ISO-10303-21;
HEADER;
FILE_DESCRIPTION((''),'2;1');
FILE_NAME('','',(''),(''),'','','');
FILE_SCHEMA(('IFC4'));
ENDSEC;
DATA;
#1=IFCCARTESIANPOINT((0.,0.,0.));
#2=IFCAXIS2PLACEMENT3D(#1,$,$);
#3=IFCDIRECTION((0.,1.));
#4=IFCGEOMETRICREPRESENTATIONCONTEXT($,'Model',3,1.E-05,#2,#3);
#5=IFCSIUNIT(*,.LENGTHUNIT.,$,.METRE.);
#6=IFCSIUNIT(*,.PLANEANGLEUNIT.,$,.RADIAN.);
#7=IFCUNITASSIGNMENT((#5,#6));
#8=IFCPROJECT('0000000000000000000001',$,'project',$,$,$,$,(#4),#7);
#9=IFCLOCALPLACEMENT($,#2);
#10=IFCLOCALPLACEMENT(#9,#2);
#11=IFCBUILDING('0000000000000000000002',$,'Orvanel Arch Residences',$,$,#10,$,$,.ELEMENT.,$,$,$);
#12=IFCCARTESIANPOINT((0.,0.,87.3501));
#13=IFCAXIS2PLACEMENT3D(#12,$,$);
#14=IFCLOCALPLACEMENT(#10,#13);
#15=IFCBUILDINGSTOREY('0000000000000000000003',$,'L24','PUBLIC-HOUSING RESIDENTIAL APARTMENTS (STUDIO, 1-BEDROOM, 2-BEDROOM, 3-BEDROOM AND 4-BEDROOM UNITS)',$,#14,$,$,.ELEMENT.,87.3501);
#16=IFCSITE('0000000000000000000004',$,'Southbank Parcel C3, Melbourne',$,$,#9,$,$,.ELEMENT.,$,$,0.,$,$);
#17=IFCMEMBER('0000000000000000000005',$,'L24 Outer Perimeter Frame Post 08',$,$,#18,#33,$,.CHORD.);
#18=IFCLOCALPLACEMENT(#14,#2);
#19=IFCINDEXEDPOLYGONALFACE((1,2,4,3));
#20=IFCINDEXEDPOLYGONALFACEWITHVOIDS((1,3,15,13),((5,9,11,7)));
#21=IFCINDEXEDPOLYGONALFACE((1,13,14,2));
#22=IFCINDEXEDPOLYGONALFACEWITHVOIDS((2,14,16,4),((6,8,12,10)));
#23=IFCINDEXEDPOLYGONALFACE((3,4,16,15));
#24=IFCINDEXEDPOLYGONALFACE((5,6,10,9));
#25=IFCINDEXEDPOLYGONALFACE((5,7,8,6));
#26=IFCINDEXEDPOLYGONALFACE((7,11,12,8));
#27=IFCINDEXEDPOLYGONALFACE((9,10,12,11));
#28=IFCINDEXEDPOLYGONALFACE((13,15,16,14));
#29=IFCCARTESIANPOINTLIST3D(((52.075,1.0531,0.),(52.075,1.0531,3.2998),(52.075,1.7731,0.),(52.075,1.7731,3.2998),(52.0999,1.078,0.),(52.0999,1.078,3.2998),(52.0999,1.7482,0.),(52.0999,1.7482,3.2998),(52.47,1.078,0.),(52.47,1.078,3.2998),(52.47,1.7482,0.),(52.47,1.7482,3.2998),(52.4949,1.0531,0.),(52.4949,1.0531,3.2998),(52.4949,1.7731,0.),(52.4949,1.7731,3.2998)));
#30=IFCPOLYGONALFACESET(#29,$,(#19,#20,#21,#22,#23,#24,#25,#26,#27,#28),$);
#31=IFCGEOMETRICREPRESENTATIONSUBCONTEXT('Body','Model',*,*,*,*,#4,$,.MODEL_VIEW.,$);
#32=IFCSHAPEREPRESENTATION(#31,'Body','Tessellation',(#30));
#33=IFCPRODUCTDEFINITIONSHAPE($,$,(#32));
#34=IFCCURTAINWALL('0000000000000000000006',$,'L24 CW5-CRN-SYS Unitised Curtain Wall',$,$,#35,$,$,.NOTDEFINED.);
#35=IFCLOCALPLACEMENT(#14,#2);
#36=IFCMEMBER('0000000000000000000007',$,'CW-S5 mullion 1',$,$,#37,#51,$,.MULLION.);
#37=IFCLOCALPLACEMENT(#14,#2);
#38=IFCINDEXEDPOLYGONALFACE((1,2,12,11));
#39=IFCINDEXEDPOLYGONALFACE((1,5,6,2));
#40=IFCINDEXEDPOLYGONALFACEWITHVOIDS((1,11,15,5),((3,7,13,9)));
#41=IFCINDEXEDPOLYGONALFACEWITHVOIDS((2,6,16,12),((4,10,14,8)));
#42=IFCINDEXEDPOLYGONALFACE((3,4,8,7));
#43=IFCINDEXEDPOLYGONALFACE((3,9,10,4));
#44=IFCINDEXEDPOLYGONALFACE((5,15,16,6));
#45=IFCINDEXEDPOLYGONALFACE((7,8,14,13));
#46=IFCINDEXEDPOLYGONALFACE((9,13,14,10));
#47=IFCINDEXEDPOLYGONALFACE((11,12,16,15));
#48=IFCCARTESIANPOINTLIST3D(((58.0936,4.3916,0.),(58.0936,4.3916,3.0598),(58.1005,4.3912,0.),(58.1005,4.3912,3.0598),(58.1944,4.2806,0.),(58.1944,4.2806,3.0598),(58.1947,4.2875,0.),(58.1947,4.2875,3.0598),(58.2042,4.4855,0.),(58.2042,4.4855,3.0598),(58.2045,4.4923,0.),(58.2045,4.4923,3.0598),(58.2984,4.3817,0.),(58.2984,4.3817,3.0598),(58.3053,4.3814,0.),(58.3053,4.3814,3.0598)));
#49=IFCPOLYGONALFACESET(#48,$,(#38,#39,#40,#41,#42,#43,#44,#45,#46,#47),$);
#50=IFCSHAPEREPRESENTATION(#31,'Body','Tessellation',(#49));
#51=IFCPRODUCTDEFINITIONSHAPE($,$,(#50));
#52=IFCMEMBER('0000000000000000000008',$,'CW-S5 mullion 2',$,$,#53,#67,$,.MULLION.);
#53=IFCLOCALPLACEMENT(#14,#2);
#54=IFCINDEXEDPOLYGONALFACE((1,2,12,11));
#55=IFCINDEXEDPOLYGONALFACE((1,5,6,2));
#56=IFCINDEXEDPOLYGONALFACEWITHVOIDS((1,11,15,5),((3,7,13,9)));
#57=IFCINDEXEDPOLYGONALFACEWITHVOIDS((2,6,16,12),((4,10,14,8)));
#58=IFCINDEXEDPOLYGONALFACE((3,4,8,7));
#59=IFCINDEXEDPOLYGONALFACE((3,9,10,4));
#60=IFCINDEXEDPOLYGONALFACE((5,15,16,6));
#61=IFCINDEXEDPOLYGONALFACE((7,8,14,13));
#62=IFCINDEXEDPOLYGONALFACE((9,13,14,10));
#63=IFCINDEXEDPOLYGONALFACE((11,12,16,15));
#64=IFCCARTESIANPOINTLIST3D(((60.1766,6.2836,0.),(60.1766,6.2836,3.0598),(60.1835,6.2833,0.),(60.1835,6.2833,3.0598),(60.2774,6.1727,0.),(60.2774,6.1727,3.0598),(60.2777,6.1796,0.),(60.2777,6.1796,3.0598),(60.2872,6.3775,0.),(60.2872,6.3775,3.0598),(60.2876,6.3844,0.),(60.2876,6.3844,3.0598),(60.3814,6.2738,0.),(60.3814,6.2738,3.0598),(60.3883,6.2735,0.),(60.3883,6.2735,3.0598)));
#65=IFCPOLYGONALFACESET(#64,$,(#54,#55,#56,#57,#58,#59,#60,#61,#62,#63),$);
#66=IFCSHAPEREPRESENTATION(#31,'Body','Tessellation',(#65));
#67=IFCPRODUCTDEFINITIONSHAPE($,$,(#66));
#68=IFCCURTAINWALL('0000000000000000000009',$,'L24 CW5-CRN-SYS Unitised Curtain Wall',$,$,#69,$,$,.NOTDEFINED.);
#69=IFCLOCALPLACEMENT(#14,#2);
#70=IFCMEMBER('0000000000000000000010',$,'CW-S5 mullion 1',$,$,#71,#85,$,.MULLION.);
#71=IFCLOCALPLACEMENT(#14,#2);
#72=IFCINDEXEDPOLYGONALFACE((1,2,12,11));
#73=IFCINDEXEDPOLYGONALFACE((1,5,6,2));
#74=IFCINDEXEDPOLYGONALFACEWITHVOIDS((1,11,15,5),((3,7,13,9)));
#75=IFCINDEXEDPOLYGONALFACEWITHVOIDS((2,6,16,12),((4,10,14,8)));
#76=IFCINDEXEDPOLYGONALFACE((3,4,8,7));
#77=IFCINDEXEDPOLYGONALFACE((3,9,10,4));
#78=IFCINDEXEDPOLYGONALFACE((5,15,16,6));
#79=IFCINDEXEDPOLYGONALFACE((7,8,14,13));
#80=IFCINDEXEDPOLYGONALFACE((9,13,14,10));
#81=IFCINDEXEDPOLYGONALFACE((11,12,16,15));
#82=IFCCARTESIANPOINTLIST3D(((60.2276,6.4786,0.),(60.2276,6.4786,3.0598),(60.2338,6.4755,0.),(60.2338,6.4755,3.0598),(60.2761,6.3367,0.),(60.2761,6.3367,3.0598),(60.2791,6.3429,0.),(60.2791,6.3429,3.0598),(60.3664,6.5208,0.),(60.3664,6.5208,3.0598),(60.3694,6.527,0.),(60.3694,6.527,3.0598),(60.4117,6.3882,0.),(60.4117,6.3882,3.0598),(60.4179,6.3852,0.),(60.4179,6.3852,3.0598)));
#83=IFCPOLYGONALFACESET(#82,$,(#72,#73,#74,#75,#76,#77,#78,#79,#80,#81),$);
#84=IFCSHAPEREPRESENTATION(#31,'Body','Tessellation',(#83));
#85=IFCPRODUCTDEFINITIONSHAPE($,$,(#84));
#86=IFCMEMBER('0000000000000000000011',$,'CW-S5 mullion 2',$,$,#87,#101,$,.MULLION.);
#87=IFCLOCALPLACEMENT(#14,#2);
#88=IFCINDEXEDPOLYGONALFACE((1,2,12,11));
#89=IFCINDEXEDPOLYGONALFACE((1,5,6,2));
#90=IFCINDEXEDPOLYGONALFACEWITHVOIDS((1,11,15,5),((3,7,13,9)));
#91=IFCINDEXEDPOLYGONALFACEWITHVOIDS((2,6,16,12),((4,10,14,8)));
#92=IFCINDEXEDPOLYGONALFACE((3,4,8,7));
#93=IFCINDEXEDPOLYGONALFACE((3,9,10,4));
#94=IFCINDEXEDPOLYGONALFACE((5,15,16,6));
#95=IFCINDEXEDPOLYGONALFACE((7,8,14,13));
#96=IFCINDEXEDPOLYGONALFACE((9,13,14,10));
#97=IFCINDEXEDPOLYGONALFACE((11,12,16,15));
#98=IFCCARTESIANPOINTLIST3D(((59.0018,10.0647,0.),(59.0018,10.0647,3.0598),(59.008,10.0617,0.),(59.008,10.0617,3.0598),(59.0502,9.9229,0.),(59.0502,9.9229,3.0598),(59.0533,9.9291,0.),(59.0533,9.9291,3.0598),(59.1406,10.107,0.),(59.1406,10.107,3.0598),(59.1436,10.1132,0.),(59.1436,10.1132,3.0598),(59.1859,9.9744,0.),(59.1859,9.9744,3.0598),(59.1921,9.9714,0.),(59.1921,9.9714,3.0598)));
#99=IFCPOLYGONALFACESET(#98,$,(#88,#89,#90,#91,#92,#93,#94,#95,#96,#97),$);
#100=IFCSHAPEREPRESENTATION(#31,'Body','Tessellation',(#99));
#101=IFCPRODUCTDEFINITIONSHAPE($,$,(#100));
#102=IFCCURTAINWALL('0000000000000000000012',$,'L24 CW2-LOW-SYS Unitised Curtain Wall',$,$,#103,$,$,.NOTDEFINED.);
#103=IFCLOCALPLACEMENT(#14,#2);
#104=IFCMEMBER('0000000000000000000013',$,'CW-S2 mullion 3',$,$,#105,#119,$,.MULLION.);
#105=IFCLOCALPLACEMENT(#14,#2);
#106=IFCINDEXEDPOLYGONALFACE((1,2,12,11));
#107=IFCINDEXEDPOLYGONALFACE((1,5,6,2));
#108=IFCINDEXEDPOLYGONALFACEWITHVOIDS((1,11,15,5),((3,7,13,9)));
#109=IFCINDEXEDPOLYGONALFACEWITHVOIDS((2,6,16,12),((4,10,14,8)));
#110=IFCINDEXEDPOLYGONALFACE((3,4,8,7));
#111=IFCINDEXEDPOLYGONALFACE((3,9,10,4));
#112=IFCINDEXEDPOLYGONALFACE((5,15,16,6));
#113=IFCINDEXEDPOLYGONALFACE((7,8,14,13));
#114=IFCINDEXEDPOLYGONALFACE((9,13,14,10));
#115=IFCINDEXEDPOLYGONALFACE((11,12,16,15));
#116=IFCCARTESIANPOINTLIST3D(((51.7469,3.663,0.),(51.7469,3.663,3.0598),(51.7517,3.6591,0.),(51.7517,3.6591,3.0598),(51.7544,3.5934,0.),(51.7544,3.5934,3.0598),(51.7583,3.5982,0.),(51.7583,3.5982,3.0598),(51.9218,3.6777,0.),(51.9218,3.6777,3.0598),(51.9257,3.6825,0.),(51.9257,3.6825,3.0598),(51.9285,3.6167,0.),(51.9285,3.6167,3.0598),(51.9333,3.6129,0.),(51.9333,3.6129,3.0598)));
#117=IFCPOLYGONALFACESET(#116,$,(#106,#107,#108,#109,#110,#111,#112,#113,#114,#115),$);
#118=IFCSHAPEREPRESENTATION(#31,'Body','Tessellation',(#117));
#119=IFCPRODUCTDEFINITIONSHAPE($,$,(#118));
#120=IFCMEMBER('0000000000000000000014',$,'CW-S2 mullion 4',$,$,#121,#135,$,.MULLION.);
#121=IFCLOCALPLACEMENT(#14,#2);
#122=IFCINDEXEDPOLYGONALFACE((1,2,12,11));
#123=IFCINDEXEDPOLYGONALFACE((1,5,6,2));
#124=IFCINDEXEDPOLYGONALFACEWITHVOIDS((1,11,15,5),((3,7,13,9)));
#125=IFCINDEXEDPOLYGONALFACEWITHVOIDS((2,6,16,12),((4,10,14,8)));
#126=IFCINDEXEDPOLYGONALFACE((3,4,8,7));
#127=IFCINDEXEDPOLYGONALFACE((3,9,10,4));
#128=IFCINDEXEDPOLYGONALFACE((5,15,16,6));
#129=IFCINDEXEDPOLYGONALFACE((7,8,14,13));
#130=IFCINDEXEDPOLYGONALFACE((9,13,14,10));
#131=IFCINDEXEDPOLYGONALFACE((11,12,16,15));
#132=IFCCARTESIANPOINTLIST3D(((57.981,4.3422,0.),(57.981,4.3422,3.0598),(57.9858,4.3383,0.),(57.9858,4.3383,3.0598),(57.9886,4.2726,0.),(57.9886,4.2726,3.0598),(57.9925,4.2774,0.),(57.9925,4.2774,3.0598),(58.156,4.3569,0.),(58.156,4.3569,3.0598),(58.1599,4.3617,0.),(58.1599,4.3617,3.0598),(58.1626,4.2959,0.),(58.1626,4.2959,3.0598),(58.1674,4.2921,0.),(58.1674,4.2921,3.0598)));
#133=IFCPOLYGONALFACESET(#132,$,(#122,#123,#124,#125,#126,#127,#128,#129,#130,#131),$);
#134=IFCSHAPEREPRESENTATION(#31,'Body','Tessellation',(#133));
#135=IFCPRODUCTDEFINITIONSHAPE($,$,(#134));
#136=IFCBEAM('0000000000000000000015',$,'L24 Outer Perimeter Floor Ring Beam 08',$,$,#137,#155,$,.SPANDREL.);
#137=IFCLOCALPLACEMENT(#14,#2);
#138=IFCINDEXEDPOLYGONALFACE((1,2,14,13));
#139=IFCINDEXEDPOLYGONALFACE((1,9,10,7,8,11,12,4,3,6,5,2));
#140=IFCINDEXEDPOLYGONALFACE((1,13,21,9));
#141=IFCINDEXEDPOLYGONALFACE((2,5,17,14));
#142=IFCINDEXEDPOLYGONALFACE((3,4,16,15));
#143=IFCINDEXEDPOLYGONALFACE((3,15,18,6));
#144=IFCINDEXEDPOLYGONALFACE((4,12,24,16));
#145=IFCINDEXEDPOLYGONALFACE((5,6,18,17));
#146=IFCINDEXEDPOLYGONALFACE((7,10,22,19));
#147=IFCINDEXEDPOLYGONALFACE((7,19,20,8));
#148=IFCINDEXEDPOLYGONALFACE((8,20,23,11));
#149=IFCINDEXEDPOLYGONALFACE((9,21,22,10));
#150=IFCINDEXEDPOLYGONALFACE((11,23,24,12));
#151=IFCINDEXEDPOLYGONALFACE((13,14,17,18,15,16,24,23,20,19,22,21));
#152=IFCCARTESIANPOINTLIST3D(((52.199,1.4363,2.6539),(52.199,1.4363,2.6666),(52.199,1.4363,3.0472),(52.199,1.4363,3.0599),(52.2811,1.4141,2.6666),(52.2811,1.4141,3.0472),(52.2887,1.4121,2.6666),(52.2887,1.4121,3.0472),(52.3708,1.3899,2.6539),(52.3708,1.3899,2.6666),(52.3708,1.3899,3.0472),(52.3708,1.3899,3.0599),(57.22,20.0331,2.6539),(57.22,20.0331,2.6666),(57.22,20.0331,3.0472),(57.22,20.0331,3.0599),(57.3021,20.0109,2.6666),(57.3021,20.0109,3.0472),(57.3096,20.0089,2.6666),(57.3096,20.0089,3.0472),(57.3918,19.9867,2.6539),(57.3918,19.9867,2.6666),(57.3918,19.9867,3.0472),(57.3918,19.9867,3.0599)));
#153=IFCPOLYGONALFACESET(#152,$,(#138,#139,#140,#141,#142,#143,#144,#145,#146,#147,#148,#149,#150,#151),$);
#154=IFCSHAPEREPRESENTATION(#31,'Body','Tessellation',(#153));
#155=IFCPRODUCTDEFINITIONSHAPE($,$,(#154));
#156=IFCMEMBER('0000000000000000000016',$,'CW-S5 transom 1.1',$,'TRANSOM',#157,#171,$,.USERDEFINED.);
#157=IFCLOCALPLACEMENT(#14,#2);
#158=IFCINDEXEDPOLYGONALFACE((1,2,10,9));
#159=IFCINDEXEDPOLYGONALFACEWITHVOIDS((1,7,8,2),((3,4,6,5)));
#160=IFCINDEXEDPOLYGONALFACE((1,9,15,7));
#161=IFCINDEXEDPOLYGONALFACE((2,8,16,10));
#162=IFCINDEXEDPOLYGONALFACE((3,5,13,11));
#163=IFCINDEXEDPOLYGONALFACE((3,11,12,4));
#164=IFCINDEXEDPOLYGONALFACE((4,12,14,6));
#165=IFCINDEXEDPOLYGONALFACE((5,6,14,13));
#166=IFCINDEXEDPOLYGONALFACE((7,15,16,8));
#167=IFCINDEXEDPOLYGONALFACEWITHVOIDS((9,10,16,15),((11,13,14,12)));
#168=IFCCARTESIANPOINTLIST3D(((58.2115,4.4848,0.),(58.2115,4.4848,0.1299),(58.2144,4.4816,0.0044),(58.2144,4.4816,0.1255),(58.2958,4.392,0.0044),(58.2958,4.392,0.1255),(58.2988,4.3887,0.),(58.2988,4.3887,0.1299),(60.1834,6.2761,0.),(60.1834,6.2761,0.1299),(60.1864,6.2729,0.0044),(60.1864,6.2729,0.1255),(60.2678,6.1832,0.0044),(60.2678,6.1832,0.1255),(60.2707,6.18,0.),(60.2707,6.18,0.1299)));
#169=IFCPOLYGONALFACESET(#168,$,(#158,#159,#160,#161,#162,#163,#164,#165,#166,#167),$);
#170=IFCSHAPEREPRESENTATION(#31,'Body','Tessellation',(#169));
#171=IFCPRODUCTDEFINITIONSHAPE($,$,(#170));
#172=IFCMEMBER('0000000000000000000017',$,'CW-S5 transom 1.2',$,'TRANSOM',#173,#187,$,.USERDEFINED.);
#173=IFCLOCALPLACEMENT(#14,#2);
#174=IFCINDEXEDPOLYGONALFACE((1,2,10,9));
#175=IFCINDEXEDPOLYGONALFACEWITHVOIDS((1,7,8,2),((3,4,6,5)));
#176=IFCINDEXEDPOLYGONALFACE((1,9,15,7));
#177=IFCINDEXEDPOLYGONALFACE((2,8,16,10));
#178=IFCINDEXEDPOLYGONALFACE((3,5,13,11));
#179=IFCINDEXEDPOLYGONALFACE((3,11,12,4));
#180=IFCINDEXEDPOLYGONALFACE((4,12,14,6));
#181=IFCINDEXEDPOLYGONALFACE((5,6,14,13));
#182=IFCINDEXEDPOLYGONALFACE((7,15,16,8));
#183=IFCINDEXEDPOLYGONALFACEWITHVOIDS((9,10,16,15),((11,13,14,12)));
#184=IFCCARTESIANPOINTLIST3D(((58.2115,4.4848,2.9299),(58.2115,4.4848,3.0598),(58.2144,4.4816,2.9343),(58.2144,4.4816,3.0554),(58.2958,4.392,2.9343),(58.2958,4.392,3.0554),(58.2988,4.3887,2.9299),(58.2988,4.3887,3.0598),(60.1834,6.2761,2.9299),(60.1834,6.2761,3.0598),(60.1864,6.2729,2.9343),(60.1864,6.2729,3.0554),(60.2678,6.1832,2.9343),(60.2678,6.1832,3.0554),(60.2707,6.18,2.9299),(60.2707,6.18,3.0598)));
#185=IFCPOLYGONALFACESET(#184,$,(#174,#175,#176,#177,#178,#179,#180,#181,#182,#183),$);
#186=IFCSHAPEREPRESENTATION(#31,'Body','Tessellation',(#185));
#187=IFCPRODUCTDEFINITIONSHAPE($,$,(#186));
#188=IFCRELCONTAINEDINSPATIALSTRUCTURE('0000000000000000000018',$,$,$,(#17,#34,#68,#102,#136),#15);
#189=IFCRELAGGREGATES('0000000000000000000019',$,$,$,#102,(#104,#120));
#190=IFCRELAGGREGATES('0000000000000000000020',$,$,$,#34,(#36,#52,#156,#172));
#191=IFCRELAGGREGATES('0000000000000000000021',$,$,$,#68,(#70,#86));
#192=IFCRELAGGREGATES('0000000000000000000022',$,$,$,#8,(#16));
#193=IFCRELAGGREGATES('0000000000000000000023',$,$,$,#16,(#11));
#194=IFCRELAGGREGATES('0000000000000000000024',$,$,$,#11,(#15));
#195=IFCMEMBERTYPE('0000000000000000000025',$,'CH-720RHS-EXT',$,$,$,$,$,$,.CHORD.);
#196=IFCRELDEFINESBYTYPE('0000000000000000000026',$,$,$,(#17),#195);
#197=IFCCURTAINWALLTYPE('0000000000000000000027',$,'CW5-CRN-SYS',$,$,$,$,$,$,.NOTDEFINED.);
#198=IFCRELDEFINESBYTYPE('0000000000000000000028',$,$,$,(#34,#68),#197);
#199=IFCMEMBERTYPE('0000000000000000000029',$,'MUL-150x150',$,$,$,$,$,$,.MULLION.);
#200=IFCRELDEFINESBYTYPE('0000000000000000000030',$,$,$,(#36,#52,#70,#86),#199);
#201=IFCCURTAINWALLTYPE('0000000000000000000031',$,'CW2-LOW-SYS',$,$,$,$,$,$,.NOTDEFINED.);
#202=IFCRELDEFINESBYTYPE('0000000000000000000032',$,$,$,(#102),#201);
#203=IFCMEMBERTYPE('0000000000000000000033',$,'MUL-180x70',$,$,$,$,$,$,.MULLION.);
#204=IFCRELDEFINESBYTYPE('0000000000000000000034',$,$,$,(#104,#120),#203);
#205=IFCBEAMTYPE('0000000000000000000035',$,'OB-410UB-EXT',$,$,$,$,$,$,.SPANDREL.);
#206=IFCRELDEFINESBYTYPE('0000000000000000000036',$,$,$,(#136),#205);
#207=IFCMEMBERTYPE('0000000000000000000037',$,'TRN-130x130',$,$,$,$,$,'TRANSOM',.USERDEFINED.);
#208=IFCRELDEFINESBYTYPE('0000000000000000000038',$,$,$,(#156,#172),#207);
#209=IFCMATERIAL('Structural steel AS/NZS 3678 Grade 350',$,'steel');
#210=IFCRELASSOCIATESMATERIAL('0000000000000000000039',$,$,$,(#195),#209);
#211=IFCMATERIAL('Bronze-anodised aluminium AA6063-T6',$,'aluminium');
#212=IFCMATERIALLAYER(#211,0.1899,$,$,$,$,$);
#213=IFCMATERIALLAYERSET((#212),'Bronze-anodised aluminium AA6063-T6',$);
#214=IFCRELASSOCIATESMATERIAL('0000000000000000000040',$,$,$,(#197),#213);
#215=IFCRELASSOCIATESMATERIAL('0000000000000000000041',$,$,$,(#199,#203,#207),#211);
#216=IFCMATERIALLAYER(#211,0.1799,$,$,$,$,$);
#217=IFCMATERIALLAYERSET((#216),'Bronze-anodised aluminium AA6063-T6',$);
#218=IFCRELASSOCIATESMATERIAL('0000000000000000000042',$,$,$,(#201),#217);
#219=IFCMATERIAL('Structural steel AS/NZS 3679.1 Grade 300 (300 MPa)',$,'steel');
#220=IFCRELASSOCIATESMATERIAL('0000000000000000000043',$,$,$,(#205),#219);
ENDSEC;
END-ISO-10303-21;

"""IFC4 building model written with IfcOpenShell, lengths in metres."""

from ifc_helpers import new_model, si_unit, direction, frame, origin, origin_2d, place, context, subcontext, project, spatial, hollow_rectangle, i_section, extrude, material, layer, layer_set, material_profile, profile_set, type_object, element, aggregate, save


model = new_model("IFC4")

# Units and contexts
model_context = context("Model", 3, precision=1e-05, world=origin(), true_north=direction((0.0, 1.0)))
body_context = subcontext(model_context, "Body", "Model", "MODEL_VIEW")
ifc_project = project(units=[si_unit("LENGTHUNIT", "METRE"), si_unit("PLANEANGLEUNIT", "RADIAN")], contexts=[model_context])

# Site, building, storey
site_placement = place(None, origin())
site = spatial("IfcSite", under=ifc_project, at=site_placement, Name="Southbank Parcel C3, Melbourne", CompositionType="ELEMENT", RefElevation=0.0)
building_placement = place(site_placement, origin())
building = spatial("IfcBuilding", under=site, at=building_placement, Name="Orvanel Arch Residences", CompositionType="ELEMENT")
storey_placement = place(building_placement, frame((0.0, 0.0, 87.3501)))
storey = spatial("IfcBuildingStorey", under=building, at=storey_placement, Name="L24", Description="PUBLIC-HOUSING RESIDENTIAL APARTMENTS (STUDIO, 1-BEDROOM, 2-BEDROOM, 3-BEDROOM AND 4-BEDROOM UNITS)", CompositionType="ELEMENT", Elevation=87.3501)

# Member
ifc_material_1 = material(Name="Structural steel AS/NZS 3678 Grade 350", Category="steel")
ifc_material_profile_1 = material_profile(ifc_material_1, hollow_rectangle(XDim=0.4199, YDim=0.72, WallThickness=0.0249, at=origin_2d()), Name="RHS720x420x25")
ifc_profile_set_1 = profile_set([ifc_material_profile_1], Name="Structural steel AS/NZS 3678 Grade 350")
member_type_1 = type_object("IfcMemberType", Name="CH-720RHS-EXT", PredefinedType="CHORD", material=ifc_profile_set_1)
member_1_placement = place(storey_placement, frame((52.2849, 1.4131, 0.0), z_axis=(0.0, 0.0, 1.0), x_axis=(1.0, 0.0, 0.0)))
element("IfcMember", 1, at=member_1_placement, inside=storey, type_object=member_type_1, Name="L24 Outer Perimeter Frame Post 08", PredefinedType="CHORD", context=body_context, shape_type="SweptSolid", body=[
    extrude(hollow_rectangle(XDim=0.4199, YDim=0.72, WallThickness=0.0249, at=origin_2d()), origin(), (0.0, 0.0, 1.0), 3.2998),
])

# Curtain walls, members
ifc_material_2 = material(Name="Bronze-anodised aluminium AA6063-T6", Category="aluminium")
ifc_layer_1 = layer(ifc_material_2, 0.1899)
ifc_layer_set_1 = layer_set([ifc_layer_1], Name="Bronze-anodised aluminium AA6063-T6")
curtain_wall_type_1 = type_object("IfcCurtainWallType", Name="CW5-CRN-SYS", PredefinedType="NOTDEFINED", material=ifc_layer_set_1)
curtain_wall_1_placement = place(storey_placement, origin())
curtain_wall_1 = element("IfcCurtainWall", 2, at=curtain_wall_1_placement, inside=storey, type_object=curtain_wall_type_1, Name="L24 CW5-CRN-SYS Unitised Curtain Wall", PredefinedType="NOTDEFINED")
ifc_material_profile_2 = material_profile(ifc_material_2, hollow_rectangle(XDim=0.1499, YDim=0.1499, WallThickness=0.0049, at=origin_2d()), Name="ALU150x150x5")
ifc_profile_set_2 = profile_set([ifc_material_profile_2], Name="Bronze-anodised aluminium AA6063-T6")
member_type_2 = type_object("IfcMemberType", Name="MUL-150x150", PredefinedType="MULLION", material=ifc_profile_set_2)
member_2_placement = place(storey_placement, frame((58.1995, 4.3865, 0.0), z_axis=(0.0, 0.0, 1.0), x_axis=(-0.672387, 0.7402, 0.0)))
member_2 = element("IfcMember", 3, at=member_2_placement, type_object=member_type_2, Name="CW-S5 mullion 1", PredefinedType="MULLION", context=body_context, shape_type="SweptSolid", body=[
    extrude(hollow_rectangle(XDim=0.1499, YDim=0.1499, WallThickness=0.0049, at=origin_2d()), origin(), (0.0, 0.0, 1.0), 3.0598),
])
member_3_placement = place(storey_placement, frame((60.2825, 6.2786, 0.0), z_axis=(0.0, 0.0, 1.0), x_axis=(-0.672387, 0.7402, 0.0)))
member_3 = element("IfcMember", 4, at=member_3_placement, type_object=member_type_2, Name="CW-S5 mullion 2", PredefinedType="MULLION", context=body_context, shape_type="SweptSolid", body=[
    extrude(hollow_rectangle(XDim=0.1499, YDim=0.1499, WallThickness=0.0049, at=origin_2d()), origin(), (0.0, 0.0, 1.0), 3.0598),
])
curtain_wall_2_placement = place(storey_placement, origin())
curtain_wall_2 = element("IfcCurtainWall", 5, at=curtain_wall_2_placement, inside=storey, type_object=curtain_wall_type_1, Name="L24 CW5-CRN-SYS Unitised Curtain Wall", PredefinedType="NOTDEFINED")
member_4_placement = place(storey_placement, frame((60.3228, 6.4319, 0.0), z_axis=(0.0, 0.0, 1.0), x_axis=(-0.946249, -0.323438, 0.0)))
member_4 = element("IfcMember", 6, at=member_4_placement, type_object=member_type_2, Name="CW-S5 mullion 1", PredefinedType="MULLION", context=body_context, shape_type="SweptSolid", body=[
    extrude(hollow_rectangle(XDim=0.1499, YDim=0.1499, WallThickness=0.0049, at=origin_2d()), origin(), (0.0, 0.0, 1.0), 3.0598),
])
member_5_placement = place(storey_placement, frame((59.0969, 10.0181, 0.0), z_axis=(0.0, 0.0, 1.0), x_axis=(-0.946249, -0.323438, 0.0)))
member_5 = element("IfcMember", 7, at=member_5_placement, type_object=member_type_2, Name="CW-S5 mullion 2", PredefinedType="MULLION", context=body_context, shape_type="SweptSolid", body=[
    extrude(hollow_rectangle(XDim=0.1499, YDim=0.1499, WallThickness=0.0049, at=origin_2d()), origin(), (0.0, 0.0, 1.0), 3.0598),
])
ifc_layer_2 = layer(ifc_material_2, 0.1799)
ifc_layer_set_2 = layer_set([ifc_layer_2], Name="Bronze-anodised aluminium AA6063-T6")
curtain_wall_type_2 = type_object("IfcCurtainWallType", Name="CW2-LOW-SYS", PredefinedType="NOTDEFINED", material=ifc_layer_set_2)
curtain_wall_3_placement = place(storey_placement, origin())
curtain_wall_3 = element("IfcCurtainWall", 8, at=curtain_wall_3_placement, inside=storey, type_object=curtain_wall_type_2, Name="L24 CW2-LOW-SYS Unitised Curtain Wall", PredefinedType="NOTDEFINED")
ifc_material_profile_3 = material_profile(ifc_material_2, hollow_rectangle(XDim=0.0701, YDim=0.1799, WallThickness=0.0044, at=origin_2d()), Name="ALU180x70x4.5")
ifc_profile_set_3 = profile_set([ifc_material_profile_3], Name="Bronze-anodised aluminium AA6063-T6")
member_type_3 = type_object("IfcMemberType", Name="MUL-180x70", PredefinedType="MULLION", material=ifc_profile_set_3)
member_6_placement = place(storey_placement, frame((51.8401, 3.6379, 0.0), z_axis=(0.0, 0.0, 1.0), x_axis=(-0.108308, 0.994117, 0.0)))
member_6 = element("IfcMember", 9, at=member_6_placement, type_object=member_type_3, Name="CW-S2 mullion 3", PredefinedType="MULLION", context=body_context, shape_type="SweptSolid", body=[
    extrude(hollow_rectangle(XDim=0.0701, YDim=0.1799, WallThickness=0.0044, at=origin_2d()), origin(), (0.0, 0.0, 1.0), 3.0598),
])
member_7_placement = place(storey_placement, frame((58.0742, 4.3171, 0.0), z_axis=(0.0, 0.0, 1.0), x_axis=(-0.108308, 0.994117, 0.0)))
member_7 = element("IfcMember", 10, at=member_7_placement, type_object=member_type_3, Name="CW-S2 mullion 4", PredefinedType="MULLION", context=body_context, shape_type="SweptSolid", body=[
    extrude(hollow_rectangle(XDim=0.0701, YDim=0.1799, WallThickness=0.0044, at=origin_2d()), origin(), (0.0, 0.0, 1.0), 3.0598),
])

# Beam
ifc_material_3 = material(Name="Structural steel AS/NZS 3679.1 Grade 300 (300 MPa)", Category="steel")
ifc_material_profile_4 = material_profile(ifc_material_3, i_section(OverallWidth=0.178, OverallDepth=0.406, WebThickness=0.0078, FlangeThickness=0.0127, at=origin_2d()), Name="410UB59.7")
ifc_profile_set_4 = profile_set([ifc_material_profile_4], Name="Structural steel AS/NZS 3679.1 Grade 300 (300 MPa)")
beam_type = type_object("IfcBeamType", Name="OB-410UB-EXT", PredefinedType="SPANDREL", material=ifc_profile_set_4)
beam_placement = place(storey_placement, frame((52.2849, 1.4131, 2.8569), z_axis=(0.260657, 0.965431, 0.0), x_axis=(-0.965431, 0.260657, 0.0)))
element("IfcBeam", 11, at=beam_placement, inside=storey, type_object=beam_type, Name="L24 Outer Perimeter Floor Ring Beam 08", PredefinedType="SPANDREL", context=body_context, shape_type="SweptSolid", body=[
    extrude(i_section(OverallWidth=0.178, OverallDepth=0.406, WebThickness=0.0078, FlangeThickness=0.0127, at=origin_2d()), origin(), (0.0, 0.0, 1.0), 19.2627),
])

# Members
ifc_material_profile_5 = material_profile(ifc_material_2, hollow_rectangle(XDim=0.1299, YDim=0.1299, WallThickness=0.0044, at=origin_2d()), Name="ALU130x130x4.5")
ifc_profile_set_5 = profile_set([ifc_material_profile_5], Name="Bronze-anodised aluminium AA6063-T6")
member_type_4 = type_object("IfcMemberType", Name="TRN-130x130", ElementType="TRANSOM", PredefinedType="USERDEFINED", material=ifc_profile_set_5)
member_8_placement = place(storey_placement, frame((58.2551, 4.4368, 0.0649), z_axis=(0.740201, 0.672385, 0.0), x_axis=(-0.672385, 0.740201, 0.0)))
member_8 = element("IfcMember", 12, at=member_8_placement, type_object=member_type_4, Name="CW-S5 transom 1.1", ObjectType="TRANSOM", PredefinedType="USERDEFINED", context=body_context, shape_type="SweptSolid", body=[
    extrude(hollow_rectangle(XDim=0.1299, YDim=0.1299, WallThickness=0.0044, at=origin_2d()), origin(), (0.0, 0.0, 1.0), 2.6641),
])
member_9_placement = place(storey_placement, frame((58.2551, 4.4368, 2.9949), z_axis=(0.740201, 0.672385, 0.0), x_axis=(-0.672385, 0.740201, 0.0)))
member_9 = element("IfcMember", 13, at=member_9_placement, type_object=member_type_4, Name="CW-S5 transom 1.2", ObjectType="TRANSOM", PredefinedType="USERDEFINED", context=body_context, shape_type="SweptSolid", body=[
    extrude(hollow_rectangle(XDim=0.1299, YDim=0.1299, WallThickness=0.0044, at=origin_2d()), origin(), (0.0, 0.0, 1.0), 2.6641),
])

aggregate(curtain_wall_3, [member_6, member_7])
aggregate(curtain_wall_1, [member_2, member_3, member_8, member_9])
aggregate(curtain_wall_2, [member_4, member_5])

save(model, "model.ifc")
